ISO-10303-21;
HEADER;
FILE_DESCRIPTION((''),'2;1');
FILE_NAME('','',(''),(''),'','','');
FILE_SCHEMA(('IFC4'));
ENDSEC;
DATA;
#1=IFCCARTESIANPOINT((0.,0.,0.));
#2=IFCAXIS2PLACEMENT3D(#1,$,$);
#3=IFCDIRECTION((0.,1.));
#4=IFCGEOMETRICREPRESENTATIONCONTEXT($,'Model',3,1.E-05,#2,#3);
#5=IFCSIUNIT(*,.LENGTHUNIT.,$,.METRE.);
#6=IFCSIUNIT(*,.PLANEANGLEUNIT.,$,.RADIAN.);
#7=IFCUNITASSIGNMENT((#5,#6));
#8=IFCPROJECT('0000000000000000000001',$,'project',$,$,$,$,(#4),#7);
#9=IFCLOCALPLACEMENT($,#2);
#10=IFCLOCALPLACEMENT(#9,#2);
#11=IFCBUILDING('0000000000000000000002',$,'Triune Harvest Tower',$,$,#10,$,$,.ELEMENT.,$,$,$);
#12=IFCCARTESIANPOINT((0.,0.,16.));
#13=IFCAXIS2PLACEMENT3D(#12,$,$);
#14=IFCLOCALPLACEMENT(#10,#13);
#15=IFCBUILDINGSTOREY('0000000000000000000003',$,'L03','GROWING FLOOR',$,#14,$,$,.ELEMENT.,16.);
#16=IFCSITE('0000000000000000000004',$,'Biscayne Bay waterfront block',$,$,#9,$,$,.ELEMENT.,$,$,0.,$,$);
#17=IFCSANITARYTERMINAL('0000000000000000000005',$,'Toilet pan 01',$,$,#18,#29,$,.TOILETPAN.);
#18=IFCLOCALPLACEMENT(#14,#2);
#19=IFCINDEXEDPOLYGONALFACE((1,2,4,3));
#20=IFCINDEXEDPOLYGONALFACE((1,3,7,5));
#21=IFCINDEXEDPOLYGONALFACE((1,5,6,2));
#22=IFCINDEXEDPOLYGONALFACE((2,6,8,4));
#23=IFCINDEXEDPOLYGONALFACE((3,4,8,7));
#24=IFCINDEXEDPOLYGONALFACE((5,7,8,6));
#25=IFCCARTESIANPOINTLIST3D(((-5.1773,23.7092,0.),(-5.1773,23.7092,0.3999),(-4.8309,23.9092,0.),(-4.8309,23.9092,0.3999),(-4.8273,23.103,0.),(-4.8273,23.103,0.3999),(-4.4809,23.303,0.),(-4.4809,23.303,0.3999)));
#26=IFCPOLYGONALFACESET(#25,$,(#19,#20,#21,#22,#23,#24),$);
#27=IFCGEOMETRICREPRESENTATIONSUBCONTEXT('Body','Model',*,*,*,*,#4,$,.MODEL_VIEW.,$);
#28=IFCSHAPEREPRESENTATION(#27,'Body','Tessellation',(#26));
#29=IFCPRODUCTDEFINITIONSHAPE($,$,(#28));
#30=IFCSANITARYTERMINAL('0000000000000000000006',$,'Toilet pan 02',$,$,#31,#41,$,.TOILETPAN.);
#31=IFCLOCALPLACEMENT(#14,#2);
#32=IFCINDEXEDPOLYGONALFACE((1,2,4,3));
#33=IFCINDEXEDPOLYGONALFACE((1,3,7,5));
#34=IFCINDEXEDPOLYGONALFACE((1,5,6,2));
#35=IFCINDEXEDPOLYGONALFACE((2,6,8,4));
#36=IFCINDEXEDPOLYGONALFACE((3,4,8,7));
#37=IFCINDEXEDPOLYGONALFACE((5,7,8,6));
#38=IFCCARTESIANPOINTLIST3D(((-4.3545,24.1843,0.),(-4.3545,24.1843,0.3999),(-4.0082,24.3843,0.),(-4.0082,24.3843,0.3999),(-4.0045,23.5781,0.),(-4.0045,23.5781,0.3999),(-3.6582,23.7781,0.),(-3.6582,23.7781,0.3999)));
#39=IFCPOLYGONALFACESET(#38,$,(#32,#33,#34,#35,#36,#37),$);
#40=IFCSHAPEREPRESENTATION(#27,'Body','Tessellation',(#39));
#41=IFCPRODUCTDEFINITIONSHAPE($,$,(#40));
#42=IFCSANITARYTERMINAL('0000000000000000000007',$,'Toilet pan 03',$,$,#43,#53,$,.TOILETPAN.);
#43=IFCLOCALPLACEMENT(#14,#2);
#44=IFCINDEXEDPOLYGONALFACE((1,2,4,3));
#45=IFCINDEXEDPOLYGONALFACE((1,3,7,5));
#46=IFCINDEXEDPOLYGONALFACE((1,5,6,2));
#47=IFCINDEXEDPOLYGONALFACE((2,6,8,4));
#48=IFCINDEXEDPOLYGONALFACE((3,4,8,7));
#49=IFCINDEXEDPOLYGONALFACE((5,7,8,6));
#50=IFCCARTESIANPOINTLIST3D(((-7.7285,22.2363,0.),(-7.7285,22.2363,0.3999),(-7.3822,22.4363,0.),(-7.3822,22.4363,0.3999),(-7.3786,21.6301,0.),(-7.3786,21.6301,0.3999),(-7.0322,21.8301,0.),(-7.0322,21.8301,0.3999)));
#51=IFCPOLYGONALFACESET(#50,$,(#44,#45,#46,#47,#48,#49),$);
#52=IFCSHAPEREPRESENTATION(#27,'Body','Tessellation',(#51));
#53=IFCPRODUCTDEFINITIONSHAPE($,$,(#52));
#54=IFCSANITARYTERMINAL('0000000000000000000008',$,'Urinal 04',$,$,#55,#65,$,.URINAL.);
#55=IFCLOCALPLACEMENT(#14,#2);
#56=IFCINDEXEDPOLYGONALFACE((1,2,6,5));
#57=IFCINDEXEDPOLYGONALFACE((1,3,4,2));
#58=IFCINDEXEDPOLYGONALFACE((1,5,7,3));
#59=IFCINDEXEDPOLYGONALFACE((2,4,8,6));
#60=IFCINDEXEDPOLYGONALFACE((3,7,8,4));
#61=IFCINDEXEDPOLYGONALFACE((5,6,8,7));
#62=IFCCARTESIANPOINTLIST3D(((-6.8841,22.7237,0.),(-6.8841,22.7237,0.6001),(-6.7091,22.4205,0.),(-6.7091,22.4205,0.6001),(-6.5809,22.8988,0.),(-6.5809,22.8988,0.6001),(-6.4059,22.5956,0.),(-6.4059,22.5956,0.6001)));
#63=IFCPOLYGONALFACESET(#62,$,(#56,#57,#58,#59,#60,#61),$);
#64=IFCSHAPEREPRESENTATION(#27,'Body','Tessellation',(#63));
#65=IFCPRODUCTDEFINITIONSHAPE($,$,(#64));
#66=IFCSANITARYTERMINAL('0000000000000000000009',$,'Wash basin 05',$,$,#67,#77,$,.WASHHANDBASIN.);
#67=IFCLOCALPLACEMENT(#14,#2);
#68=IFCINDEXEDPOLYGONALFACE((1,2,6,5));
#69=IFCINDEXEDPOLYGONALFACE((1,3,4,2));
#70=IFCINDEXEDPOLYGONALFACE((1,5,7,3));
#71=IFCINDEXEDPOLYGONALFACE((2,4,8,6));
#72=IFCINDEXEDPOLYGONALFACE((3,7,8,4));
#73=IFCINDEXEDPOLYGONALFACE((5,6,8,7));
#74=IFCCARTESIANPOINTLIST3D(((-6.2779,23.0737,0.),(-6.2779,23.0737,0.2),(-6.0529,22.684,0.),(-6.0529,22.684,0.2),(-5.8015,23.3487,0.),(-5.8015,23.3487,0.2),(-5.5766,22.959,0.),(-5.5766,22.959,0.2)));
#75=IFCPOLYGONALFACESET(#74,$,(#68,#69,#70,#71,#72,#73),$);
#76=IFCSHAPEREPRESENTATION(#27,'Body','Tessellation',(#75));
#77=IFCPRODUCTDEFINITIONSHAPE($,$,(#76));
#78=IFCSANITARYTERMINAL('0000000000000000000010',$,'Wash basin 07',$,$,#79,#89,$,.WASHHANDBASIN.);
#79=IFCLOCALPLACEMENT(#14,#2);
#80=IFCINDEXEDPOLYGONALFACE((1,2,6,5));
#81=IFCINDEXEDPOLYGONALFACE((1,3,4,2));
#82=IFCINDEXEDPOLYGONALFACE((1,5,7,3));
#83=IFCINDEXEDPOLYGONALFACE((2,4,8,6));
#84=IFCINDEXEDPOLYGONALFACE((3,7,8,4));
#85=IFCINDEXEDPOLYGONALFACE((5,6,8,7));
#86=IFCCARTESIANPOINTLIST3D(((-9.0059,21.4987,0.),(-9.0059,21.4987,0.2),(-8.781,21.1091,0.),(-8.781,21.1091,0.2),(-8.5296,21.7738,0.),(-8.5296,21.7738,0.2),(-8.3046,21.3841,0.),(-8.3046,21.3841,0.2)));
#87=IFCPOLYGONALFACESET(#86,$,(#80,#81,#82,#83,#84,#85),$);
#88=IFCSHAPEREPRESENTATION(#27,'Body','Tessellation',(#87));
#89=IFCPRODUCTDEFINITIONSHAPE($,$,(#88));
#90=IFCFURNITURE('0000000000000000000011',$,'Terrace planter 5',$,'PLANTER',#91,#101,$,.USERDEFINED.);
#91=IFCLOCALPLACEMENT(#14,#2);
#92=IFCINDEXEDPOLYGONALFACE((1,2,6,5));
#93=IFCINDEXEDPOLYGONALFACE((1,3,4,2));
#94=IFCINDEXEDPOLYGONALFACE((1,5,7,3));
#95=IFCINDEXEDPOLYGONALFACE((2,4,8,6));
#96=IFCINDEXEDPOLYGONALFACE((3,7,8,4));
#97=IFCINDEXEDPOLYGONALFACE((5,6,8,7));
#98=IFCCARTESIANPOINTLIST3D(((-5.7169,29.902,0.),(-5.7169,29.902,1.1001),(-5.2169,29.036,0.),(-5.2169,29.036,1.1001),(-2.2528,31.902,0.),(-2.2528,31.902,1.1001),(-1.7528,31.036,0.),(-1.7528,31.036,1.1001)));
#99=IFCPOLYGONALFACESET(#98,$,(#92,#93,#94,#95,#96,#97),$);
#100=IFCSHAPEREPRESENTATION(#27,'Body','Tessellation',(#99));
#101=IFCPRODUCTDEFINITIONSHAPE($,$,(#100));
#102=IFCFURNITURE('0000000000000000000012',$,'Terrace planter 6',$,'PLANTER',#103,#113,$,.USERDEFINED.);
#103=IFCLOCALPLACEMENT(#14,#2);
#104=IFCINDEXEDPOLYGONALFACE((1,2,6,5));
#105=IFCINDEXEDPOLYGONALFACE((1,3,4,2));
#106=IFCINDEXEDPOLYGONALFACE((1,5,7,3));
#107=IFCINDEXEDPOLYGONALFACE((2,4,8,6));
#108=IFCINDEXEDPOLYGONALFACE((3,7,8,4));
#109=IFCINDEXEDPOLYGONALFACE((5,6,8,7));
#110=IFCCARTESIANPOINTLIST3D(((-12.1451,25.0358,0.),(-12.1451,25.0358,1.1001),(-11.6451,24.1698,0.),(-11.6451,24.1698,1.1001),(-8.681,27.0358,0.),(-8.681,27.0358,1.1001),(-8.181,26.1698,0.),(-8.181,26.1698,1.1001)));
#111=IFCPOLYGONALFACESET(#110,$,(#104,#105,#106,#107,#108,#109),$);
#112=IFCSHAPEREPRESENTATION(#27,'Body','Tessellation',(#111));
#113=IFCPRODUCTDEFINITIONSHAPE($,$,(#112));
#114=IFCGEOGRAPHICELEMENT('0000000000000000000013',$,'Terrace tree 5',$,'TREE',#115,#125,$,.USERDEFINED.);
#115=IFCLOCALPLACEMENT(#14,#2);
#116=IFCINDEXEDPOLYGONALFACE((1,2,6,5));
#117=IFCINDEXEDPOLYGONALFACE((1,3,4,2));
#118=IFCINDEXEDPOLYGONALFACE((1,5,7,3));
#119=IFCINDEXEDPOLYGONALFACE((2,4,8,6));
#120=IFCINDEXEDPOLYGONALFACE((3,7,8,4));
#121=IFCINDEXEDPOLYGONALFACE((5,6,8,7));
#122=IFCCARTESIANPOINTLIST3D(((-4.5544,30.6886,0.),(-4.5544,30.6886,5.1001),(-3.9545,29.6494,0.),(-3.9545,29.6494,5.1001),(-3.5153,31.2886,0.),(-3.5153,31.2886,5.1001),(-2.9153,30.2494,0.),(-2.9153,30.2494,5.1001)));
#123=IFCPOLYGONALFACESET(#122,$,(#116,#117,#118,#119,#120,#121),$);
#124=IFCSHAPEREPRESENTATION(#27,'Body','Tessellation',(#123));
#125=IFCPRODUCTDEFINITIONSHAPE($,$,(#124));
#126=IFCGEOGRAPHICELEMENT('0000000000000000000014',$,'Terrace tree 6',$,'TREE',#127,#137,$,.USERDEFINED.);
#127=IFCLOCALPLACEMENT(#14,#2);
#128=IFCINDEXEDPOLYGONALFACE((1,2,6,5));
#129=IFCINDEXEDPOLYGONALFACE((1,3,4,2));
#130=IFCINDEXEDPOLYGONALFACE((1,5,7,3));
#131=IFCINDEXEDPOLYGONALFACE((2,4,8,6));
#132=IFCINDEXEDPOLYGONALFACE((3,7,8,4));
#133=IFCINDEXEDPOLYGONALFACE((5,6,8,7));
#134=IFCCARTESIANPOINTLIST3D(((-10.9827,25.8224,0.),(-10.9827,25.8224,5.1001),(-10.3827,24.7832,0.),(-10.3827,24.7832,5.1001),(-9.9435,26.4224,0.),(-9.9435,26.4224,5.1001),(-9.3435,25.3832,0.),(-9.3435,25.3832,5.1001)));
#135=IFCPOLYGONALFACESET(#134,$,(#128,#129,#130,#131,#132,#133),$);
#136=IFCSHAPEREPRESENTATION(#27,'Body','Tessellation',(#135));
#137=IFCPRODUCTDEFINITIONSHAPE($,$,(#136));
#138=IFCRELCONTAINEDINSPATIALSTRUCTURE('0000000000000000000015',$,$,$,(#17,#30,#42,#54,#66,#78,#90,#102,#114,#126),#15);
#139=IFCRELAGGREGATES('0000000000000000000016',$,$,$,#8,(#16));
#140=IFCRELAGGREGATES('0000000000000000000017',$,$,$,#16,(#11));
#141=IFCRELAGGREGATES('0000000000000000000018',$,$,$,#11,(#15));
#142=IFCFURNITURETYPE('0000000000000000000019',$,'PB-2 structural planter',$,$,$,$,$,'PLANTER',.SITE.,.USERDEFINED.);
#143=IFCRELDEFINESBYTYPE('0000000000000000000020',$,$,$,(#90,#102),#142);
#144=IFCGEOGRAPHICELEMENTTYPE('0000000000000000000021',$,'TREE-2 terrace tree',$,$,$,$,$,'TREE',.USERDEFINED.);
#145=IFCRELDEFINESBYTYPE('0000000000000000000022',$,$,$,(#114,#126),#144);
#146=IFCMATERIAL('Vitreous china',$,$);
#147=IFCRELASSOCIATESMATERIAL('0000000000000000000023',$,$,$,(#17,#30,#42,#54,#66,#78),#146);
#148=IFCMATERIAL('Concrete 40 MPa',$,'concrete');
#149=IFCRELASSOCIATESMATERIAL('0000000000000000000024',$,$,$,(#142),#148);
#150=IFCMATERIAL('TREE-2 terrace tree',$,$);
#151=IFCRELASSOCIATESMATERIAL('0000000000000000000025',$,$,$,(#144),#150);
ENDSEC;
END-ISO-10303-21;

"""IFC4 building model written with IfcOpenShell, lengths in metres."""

from ifc_helpers import new_model, si_unit, direction, frame, origin, origin_2d, place, context, subcontext, project, spatial, rectangle, extrude, source, transform, mapped, material, type_object, element, save


model = new_model("IFC4")

# Units and contexts
model_context = context("Model", 3, precision=1e-05, world=origin(), true_north=direction((0.0, 1.0)))
body_context = subcontext(model_context, "Body", "Model", "MODEL_VIEW")
ifc_project = project(units=[si_unit("LENGTHUNIT", "METRE"), si_unit("PLANEANGLEUNIT", "RADIAN")], contexts=[model_context])

# Site, building, storey
site_placement = place(None, origin())
site = spatial("IfcSite", under=ifc_project, at=site_placement, Name="Biscayne Bay waterfront block", CompositionType="ELEMENT", RefElevation=0.0)
building_placement = place(site_placement, origin())
building = spatial("IfcBuilding", under=site, at=building_placement, Name="Triune Harvest Tower", CompositionType="ELEMENT")
storey_placement = place(building_placement, frame((0.0, 0.0, 16.0)))
storey = spatial("IfcBuildingStorey", under=building, at=storey_placement, Name="L03", Description="GROWING FLOOR", CompositionType="ELEMENT", Elevation=16.0)

# Sanitary terminals
ifc_material_1 = material(Name="Vitreous china")
shared_shape_1 = source(origin(), body_context, "Body", "SweptSolid", [
    extrude(rectangle(XDim=0.3999, YDim=0.7, at=origin_2d()), origin(), (0.0, 0.0, 1.0), 0.3999),
])
for number, where, z_axis, x_axis, name in (
    (1, (-4.8291, 23.5061, 0.0), (0.0, 0.0, 1.0), (0.866017, 0.500015, 0.0), "Toilet pan 01"),
    (2, (-4.0063, 23.9812, 0.0), (0.0, 0.0, 1.0), (0.866017, 0.500015, 0.0), "Toilet pan 02"),
    (3, (-7.3804, 22.0332, 0.0), (0.0, 0.0, 1.0), (0.866034, 0.499985, 0.0), "Toilet pan 03"),
):
    element("IfcSanitaryTerminal", number, at=place(storey_placement, frame(where, z_axis=z_axis, x_axis=x_axis)), inside=storey, material=ifc_material_1, Name=name, PredefinedType="TOILETPAN", context=body_context, shape_type="MappedRepresentation", body=[
        mapped(shared_shape_1, transform((0.0, 0.0, 0.0), scale=1.0)),
    ])
shared_shape_2 = source(origin(), body_context, "Body", "SweptSolid", [
    extrude(rectangle(XDim=0.3501, YDim=0.3501, at=origin_2d()), origin(), (0.0, 0.0, 1.0), 0.6001),
])
sanitary_terminal_placement = place(storey_placement, frame((-6.645, 22.6597, 0.0), z_axis=(0.0, 0.0, 1.0), x_axis=(0.866034, 0.499985, 0.0)))
element("IfcSanitaryTerminal", 4, at=sanitary_terminal_placement, inside=storey, material=ifc_material_1, Name="Urinal 04", PredefinedType="URINAL", context=body_context, shape_type="MappedRepresentation", body=[
    mapped(shared_shape_2, transform((0.0, 0.0, 0.0), scale=1.0)),
])
shared_shape_3 = source(origin(), body_context, "Body", "SweptSolid", [
    extrude(rectangle(XDim=0.55, YDim=0.45, at=origin_2d()), origin(), (0.0, 0.0, 1.0), 0.2),
])
for number, where, z_axis, x_axis, name in (
    (5, (-5.9272, 23.0164, 0.0), (0.0, 0.0, 1.0), (0.866034, 0.499985, 0.0), "Wash basin 05"),
    (6, (-8.6553, 21.4414, 0.0), (0.0, 0.0, 1.0), (0.866017, 0.500015, 0.0), "Wash basin 07"),
):
    element("IfcSanitaryTerminal", number, at=place(storey_placement, frame(where, z_axis=z_axis, x_axis=x_axis)), inside=storey, material=ifc_material_1, Name=name, PredefinedType="WASHHANDBASIN", context=body_context, shape_type="MappedRepresentation", body=[
        mapped(shared_shape_3, transform((0.0, 0.0, 0.0), scale=1.0)),
    ])

# Furniture
ifc_material_2 = material(Name="Concrete 40 MPa", Category="concrete")
furniture_type = type_object("IfcFurnitureType", Name="PB-2 structural planter", ElementType="PLANTER", AssemblyPlace="SITE", PredefinedType="USERDEFINED", material=ifc_material_2)
shared_shape_4 = source(origin(), body_context, "Body", "SweptSolid", [
    extrude(rectangle(XDim=4.0, YDim=1.0, at=origin_2d()), origin(), (0.0, 0.0, 1.0), 1.1001),
])
for number, where, z_axis, x_axis, name in (
    (7, (-3.7349, 30.469, 0.0), (0.0, 0.0, 1.0), (-0.866025, -0.5, 0.0), "Terrace planter 5"),
    (8, (-10.1631, 25.6028, 0.0), (0.0, 0.0, 1.0), (-0.866025, -0.5, 0.0), "Terrace planter 6"),
):
    element("IfcFurniture", number, at=place(storey_placement, frame(where, z_axis=z_axis, x_axis=x_axis)), inside=storey, type_object=furniture_type, Name=name, ObjectType="PLANTER", PredefinedType="USERDEFINED", context=body_context, shape_type="MappedRepresentation", body=[
        mapped(shared_shape_4, transform((0.0, 0.0, 0.0), scale=1.0)),
    ])

# Geographic elements
ifc_material_3 = material(Name="TREE-2 terrace tree")
geographic_element_type = type_object("IfcGeographicElementType", Name="TREE-2 terrace tree", ElementType="TREE", PredefinedType="USERDEFINED", material=ifc_material_3)
shared_shape_5 = source(origin(), body_context, "Body", "SweptSolid", [
    extrude(rectangle(XDim=1.2, YDim=1.2, at=origin_2d()), origin(), (0.0, 0.0, 1.0), 5.1001),
])
for number, where, z_axis, x_axis, name in (
    (9, (-3.7349, 30.469, 0.0), (0.0, 0.0, 1.0), (-0.866025, -0.5, 0.0), "Terrace tree 5"),
    (10, (-10.1631, 25.6028, 0.0), (0.0, 0.0, 1.0), (-0.866025, -0.5, 0.0), "Terrace tree 6"),
):
    element("IfcGeographicElement", number, at=place(storey_placement, frame(where, z_axis=z_axis, x_axis=x_axis)), inside=storey, type_object=geographic_element_type, Name=name, ObjectType="TREE", PredefinedType="USERDEFINED", context=body_context, shape_type="MappedRepresentation", body=[
        mapped(shared_shape_5, transform((0.0, 0.0, 0.0), scale=1.0)),
    ])

save(model, "model.ifc")
